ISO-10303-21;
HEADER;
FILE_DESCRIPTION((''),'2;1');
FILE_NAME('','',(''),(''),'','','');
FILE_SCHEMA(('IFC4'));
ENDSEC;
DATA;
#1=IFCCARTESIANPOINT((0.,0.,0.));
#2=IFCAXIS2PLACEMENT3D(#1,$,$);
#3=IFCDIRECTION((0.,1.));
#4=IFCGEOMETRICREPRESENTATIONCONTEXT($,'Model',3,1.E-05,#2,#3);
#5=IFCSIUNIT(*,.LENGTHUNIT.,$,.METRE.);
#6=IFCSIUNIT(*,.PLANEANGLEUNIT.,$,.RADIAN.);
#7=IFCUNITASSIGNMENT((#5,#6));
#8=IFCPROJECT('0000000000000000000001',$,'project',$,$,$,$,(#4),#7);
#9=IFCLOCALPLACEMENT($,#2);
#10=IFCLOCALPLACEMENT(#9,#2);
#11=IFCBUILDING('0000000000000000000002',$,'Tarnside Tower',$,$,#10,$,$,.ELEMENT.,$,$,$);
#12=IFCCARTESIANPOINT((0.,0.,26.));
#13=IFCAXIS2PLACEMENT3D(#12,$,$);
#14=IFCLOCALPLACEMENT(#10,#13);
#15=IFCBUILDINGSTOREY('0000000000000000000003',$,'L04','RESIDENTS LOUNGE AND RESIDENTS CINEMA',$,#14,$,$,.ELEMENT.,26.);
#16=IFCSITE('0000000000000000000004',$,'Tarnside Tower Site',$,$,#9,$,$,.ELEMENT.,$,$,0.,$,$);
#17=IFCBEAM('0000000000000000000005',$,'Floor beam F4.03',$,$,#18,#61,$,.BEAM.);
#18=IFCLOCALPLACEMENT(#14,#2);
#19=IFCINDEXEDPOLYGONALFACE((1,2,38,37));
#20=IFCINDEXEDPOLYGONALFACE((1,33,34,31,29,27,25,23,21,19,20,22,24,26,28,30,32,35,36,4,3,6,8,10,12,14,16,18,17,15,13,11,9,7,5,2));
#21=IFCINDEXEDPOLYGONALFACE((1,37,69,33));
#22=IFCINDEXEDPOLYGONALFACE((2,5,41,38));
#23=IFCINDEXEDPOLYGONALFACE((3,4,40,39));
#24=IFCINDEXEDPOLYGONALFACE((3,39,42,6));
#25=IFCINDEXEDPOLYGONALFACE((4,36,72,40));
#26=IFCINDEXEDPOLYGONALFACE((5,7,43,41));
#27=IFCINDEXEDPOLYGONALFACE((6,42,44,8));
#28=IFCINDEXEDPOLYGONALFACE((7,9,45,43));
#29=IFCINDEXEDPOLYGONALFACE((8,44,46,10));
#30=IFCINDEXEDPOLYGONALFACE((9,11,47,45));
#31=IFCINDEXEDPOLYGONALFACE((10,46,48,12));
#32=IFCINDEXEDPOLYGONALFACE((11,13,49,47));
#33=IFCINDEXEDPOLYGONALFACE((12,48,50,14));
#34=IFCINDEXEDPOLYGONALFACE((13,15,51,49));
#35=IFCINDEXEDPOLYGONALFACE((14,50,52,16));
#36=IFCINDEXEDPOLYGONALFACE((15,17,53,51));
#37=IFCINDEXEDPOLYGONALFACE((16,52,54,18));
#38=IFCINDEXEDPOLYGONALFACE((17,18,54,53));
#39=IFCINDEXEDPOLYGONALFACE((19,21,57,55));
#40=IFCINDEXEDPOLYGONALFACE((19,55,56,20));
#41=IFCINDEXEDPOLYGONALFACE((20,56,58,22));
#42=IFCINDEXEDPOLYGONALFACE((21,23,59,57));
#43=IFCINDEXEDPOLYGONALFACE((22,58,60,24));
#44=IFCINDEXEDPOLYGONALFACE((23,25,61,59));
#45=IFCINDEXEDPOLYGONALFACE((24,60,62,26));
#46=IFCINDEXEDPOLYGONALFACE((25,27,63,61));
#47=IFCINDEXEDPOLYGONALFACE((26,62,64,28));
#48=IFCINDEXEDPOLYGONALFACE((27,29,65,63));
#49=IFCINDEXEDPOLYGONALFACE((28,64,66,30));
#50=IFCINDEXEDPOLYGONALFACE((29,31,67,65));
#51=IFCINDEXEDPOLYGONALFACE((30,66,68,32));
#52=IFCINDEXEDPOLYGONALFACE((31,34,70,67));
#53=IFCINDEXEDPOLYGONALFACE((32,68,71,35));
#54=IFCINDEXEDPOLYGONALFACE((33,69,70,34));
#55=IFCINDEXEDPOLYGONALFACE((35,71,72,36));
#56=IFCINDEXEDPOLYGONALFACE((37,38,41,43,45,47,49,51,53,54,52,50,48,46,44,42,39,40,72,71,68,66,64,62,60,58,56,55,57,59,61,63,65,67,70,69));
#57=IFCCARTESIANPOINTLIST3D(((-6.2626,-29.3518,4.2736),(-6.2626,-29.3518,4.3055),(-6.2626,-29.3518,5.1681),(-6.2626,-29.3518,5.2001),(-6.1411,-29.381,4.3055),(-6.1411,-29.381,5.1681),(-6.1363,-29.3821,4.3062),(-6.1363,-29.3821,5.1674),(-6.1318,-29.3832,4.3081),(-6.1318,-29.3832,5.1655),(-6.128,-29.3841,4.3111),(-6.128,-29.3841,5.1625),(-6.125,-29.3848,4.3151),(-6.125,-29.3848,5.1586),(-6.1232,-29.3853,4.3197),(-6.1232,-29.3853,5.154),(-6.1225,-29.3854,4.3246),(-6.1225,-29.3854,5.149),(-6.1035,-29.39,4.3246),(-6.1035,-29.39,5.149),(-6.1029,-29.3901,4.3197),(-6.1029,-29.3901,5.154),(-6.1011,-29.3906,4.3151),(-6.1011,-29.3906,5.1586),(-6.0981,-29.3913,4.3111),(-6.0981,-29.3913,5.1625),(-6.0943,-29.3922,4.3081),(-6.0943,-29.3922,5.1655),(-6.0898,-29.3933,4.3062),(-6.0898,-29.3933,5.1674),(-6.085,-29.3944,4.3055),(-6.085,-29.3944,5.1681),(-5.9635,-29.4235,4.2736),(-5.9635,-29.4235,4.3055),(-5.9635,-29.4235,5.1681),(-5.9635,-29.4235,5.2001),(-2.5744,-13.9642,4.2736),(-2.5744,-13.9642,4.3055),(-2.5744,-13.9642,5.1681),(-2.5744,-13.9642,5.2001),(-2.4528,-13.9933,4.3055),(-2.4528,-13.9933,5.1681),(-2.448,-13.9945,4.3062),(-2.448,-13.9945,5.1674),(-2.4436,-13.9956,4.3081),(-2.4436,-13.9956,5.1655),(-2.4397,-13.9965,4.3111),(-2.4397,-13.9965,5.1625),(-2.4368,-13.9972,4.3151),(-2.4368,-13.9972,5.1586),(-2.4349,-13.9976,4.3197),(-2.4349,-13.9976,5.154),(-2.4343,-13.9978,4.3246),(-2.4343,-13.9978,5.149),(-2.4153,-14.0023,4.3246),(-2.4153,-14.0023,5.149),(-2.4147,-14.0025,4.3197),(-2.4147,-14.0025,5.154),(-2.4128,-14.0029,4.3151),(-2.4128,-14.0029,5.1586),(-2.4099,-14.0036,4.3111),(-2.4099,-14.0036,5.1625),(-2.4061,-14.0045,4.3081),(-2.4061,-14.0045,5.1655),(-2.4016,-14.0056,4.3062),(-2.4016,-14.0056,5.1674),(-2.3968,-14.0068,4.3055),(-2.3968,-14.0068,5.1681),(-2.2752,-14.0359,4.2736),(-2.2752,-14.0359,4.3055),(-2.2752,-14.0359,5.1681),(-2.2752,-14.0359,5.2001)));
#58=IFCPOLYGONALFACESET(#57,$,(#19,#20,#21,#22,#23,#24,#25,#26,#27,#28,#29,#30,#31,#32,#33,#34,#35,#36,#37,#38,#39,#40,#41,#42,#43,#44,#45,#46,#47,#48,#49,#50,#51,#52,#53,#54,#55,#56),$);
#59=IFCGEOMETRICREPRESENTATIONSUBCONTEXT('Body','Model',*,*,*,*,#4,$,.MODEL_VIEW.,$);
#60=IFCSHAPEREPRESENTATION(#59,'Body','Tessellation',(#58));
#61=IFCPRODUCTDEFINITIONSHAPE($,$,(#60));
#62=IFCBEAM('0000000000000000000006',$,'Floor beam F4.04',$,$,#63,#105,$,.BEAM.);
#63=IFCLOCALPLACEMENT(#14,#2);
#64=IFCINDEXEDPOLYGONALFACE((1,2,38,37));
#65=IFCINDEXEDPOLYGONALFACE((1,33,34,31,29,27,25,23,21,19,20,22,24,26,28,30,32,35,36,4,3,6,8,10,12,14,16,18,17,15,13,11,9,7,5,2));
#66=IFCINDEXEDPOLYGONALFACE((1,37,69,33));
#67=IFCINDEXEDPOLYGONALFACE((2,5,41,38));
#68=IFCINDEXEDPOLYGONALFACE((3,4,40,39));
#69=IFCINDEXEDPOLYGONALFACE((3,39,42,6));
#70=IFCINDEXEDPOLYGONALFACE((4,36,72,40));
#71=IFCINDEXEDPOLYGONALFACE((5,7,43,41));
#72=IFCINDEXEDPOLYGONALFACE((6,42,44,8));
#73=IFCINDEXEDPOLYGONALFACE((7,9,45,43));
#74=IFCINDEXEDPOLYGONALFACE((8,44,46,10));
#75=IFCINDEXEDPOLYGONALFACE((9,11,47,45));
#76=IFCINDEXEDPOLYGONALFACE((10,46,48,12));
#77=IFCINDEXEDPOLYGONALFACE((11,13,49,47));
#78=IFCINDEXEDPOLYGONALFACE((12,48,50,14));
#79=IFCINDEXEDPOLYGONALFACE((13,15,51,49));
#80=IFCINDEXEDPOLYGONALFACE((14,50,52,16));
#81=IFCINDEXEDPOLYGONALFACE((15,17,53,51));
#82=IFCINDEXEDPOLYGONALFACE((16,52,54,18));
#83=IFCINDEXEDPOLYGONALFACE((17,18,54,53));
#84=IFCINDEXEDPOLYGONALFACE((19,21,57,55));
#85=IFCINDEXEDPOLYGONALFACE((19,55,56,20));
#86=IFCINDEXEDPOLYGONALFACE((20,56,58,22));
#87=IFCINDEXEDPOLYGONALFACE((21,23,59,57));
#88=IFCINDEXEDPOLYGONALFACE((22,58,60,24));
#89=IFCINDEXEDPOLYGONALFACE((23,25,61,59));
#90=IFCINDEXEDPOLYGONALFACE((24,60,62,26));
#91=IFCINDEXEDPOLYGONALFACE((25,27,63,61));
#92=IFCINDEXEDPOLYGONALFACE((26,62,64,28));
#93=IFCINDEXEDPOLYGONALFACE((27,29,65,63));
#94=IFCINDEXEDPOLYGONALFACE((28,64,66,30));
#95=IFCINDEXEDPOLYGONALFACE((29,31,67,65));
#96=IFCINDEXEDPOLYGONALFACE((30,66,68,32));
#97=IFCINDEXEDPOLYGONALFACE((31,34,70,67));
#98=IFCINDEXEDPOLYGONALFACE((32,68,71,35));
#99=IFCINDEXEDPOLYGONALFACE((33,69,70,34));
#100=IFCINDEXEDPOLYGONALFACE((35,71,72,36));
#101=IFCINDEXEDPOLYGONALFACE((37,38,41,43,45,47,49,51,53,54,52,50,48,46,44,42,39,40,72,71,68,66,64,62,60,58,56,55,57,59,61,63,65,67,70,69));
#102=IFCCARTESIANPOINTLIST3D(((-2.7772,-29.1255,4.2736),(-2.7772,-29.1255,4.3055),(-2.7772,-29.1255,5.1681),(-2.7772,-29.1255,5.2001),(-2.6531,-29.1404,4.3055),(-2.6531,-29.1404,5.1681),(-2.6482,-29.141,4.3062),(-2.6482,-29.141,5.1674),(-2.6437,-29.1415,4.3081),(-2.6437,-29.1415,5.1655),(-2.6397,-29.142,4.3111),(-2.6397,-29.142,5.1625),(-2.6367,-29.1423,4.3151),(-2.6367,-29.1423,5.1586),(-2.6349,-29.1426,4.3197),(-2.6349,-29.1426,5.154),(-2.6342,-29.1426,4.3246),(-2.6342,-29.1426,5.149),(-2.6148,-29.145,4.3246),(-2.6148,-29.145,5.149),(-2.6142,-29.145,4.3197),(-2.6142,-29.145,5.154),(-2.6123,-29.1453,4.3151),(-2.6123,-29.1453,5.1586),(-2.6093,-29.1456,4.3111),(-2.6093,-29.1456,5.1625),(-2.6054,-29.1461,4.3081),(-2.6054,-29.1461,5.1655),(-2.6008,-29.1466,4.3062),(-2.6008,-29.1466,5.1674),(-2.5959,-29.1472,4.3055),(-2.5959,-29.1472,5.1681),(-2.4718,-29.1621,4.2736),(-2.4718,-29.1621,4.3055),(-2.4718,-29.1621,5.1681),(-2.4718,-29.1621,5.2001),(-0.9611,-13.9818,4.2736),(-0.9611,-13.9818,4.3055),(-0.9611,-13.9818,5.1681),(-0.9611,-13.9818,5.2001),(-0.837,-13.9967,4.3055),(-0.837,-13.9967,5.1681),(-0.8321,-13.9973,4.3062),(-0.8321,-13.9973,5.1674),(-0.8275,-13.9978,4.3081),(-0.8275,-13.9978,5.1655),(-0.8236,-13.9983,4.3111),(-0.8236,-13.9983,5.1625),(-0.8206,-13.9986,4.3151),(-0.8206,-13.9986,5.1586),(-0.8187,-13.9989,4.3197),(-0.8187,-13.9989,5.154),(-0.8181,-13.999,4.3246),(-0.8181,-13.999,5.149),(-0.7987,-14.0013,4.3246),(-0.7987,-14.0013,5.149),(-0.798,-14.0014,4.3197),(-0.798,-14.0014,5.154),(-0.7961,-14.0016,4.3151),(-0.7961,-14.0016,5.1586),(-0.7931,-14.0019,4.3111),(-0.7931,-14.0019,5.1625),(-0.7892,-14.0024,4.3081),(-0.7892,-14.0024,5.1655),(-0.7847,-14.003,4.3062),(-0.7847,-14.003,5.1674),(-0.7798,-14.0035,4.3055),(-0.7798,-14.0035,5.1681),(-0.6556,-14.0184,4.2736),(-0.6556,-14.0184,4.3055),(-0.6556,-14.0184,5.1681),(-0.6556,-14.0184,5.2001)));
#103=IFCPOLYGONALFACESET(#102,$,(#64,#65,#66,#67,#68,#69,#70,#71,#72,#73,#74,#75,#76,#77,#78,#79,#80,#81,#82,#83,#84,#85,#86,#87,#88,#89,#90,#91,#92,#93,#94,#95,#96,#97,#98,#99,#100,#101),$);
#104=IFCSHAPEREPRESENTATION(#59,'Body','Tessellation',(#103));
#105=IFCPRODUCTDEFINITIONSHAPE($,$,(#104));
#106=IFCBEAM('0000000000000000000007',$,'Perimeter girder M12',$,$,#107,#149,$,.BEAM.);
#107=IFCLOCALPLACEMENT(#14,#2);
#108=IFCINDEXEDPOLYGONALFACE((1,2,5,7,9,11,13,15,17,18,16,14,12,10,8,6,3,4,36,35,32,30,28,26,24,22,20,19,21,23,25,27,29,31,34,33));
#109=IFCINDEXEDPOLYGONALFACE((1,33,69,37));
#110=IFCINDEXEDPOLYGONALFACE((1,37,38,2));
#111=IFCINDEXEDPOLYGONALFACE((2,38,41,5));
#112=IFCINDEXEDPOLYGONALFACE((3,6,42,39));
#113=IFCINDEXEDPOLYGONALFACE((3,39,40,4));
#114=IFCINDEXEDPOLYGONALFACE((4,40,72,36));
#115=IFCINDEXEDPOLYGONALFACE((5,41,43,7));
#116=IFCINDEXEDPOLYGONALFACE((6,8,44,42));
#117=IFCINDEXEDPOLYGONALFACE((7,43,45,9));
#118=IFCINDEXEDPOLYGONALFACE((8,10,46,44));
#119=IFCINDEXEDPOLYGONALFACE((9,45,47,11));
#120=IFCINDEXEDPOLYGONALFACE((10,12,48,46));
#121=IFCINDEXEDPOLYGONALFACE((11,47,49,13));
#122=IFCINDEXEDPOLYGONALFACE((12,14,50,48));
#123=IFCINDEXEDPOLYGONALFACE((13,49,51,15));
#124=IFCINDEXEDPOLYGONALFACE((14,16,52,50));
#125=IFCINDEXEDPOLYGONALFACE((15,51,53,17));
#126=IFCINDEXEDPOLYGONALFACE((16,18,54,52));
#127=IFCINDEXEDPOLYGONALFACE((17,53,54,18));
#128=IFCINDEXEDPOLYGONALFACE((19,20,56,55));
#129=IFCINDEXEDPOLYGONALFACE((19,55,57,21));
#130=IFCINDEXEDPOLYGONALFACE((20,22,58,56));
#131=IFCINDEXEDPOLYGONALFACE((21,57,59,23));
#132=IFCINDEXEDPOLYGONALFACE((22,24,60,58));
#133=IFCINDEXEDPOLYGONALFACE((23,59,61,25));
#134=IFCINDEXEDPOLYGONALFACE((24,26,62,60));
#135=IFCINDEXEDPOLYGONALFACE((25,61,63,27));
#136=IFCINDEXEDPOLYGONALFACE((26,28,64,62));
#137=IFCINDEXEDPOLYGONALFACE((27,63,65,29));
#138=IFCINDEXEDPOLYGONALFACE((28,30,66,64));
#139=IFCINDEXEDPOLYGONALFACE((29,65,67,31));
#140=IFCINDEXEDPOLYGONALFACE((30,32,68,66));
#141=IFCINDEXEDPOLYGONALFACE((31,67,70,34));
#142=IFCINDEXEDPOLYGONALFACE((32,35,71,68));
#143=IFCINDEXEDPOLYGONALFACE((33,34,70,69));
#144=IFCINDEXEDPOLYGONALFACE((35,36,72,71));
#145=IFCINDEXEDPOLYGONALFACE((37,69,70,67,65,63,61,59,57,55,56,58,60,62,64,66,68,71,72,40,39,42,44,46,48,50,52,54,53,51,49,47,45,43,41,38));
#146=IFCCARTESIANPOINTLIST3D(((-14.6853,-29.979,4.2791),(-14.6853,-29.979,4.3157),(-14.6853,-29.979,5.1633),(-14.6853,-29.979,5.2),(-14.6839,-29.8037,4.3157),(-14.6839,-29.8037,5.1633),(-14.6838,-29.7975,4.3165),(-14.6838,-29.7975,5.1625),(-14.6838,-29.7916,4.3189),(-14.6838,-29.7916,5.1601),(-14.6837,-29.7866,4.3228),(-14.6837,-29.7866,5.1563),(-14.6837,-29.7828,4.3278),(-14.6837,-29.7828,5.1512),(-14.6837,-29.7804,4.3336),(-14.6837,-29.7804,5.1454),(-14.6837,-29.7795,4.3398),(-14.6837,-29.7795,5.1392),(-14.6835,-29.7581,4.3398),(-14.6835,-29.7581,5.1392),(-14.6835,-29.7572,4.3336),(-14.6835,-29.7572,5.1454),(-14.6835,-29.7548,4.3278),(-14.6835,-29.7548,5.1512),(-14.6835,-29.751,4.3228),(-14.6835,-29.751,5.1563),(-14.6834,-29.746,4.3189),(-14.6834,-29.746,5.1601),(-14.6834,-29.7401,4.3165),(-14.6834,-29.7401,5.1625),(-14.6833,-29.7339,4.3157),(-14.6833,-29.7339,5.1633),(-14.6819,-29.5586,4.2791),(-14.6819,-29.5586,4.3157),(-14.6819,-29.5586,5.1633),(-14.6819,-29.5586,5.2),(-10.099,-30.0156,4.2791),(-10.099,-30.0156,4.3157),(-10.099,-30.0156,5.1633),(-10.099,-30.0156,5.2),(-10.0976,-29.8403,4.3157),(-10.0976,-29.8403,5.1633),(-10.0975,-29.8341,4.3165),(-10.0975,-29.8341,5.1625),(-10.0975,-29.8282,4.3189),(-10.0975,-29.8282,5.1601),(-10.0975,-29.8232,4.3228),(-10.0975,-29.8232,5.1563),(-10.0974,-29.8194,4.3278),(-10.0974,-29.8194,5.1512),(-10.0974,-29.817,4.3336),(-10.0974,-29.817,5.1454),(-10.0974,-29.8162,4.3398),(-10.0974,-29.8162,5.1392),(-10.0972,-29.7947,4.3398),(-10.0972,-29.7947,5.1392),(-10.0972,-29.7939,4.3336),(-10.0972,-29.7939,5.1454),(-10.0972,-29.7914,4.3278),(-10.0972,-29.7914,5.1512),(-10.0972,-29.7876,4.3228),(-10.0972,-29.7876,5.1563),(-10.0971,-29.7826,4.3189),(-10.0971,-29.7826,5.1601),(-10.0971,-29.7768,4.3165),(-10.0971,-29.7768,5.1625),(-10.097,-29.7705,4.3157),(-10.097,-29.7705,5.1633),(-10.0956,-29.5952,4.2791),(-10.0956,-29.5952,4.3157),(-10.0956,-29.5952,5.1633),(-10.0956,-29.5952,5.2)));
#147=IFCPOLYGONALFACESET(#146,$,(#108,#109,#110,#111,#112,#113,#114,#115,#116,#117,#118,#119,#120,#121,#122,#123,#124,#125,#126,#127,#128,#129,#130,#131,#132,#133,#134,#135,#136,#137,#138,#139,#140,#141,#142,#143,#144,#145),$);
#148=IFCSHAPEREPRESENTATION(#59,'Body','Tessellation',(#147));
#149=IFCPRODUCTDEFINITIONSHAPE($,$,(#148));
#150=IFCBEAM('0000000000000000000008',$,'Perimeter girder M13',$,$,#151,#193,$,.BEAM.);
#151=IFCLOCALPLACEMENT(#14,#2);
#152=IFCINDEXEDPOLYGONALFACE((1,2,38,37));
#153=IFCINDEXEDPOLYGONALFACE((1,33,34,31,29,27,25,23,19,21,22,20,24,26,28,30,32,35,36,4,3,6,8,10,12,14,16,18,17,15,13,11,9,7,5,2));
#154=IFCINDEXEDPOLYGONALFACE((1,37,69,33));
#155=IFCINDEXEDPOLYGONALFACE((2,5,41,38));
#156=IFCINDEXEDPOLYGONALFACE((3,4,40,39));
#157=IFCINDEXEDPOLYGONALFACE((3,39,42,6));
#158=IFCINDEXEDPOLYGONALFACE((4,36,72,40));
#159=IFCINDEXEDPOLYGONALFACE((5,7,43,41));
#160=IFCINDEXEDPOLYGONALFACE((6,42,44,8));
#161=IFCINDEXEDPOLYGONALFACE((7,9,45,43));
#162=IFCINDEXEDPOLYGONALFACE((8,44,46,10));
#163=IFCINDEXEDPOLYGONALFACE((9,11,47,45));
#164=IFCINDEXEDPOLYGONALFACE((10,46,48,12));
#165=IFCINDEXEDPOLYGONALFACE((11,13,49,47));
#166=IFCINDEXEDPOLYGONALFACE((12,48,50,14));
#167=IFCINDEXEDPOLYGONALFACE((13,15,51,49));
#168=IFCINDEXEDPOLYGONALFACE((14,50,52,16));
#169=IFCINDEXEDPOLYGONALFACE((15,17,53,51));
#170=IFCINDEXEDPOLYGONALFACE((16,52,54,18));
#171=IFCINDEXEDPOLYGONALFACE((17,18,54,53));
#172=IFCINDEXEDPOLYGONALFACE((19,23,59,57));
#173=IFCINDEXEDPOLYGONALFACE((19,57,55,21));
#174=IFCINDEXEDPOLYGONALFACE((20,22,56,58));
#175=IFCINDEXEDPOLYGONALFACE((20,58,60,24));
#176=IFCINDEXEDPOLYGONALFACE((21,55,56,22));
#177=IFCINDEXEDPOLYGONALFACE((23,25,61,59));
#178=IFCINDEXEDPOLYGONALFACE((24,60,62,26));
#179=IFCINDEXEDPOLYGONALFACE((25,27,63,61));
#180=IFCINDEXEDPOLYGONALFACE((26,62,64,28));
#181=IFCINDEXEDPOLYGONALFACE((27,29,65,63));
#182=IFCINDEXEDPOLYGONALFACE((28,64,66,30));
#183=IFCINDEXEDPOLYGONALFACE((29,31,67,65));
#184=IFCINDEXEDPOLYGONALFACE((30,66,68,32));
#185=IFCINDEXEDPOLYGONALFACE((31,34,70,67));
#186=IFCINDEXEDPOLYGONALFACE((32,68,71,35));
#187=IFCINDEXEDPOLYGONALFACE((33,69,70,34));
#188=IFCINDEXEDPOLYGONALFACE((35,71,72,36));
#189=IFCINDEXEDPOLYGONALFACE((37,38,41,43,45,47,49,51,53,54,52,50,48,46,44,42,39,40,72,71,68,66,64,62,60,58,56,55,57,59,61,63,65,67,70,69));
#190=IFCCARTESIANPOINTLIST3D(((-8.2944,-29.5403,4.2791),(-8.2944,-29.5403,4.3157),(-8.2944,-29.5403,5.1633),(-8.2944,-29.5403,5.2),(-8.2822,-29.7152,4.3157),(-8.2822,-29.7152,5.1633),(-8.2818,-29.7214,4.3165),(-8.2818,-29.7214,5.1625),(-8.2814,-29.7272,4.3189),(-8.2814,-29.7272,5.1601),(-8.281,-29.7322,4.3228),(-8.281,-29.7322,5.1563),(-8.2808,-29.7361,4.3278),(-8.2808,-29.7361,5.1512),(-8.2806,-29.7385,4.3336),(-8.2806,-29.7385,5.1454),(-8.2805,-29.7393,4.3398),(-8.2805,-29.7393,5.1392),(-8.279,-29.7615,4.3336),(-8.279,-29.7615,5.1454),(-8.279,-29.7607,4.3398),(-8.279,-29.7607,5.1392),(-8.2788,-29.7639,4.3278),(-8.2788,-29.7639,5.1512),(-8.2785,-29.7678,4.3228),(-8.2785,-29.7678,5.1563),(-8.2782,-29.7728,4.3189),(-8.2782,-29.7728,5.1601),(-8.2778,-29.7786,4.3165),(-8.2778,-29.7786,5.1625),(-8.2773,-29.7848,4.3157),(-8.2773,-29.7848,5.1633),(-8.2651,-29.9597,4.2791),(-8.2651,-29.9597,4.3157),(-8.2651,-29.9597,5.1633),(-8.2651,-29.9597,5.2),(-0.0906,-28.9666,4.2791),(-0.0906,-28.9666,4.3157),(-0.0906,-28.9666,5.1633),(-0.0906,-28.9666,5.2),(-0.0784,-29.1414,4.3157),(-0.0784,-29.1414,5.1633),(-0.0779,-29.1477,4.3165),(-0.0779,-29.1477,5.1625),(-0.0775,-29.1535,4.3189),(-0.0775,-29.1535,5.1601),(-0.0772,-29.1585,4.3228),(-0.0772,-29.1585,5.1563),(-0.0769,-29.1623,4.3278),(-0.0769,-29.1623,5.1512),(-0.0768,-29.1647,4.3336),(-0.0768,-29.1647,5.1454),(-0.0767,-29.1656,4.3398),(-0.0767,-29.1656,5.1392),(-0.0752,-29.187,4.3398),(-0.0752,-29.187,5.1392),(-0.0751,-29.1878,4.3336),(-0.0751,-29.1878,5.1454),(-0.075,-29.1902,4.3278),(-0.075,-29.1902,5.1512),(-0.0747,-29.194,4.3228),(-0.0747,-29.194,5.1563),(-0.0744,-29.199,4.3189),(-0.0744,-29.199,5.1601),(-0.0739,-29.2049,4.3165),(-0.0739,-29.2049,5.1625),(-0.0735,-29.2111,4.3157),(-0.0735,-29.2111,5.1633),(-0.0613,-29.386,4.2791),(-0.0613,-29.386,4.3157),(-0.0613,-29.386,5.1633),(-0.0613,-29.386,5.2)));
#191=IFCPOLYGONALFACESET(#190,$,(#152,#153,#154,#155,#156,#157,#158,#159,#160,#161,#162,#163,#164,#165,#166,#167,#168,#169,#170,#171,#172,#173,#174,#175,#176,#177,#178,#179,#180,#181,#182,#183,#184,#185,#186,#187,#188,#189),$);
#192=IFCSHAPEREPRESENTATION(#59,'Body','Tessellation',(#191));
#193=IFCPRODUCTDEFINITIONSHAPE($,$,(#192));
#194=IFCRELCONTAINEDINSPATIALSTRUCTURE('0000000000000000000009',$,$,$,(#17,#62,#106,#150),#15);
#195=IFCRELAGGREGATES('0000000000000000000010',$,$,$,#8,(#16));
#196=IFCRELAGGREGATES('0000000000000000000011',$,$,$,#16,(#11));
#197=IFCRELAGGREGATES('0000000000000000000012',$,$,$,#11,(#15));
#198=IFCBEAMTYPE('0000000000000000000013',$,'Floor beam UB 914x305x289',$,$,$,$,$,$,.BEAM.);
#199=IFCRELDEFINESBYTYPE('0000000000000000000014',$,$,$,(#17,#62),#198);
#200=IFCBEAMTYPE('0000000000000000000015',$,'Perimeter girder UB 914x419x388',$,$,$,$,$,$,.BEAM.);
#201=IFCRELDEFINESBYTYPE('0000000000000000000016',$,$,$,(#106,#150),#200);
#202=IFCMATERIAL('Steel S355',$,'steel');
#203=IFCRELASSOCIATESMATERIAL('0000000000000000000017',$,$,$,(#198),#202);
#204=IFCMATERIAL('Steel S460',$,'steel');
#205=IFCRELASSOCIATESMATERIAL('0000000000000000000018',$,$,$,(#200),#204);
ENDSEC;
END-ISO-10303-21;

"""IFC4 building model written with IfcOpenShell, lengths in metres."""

from ifc_helpers import new_model, si_unit, direction, frame, origin, origin_2d, place, context, subcontext, project, spatial, i_section, extrude, material, material_profile, profile_set, type_object, element, save


model = new_model("IFC4")

# Units and contexts
model_context = context("Model", 3, precision=1e-05, world=origin(), true_north=direction((0.0, 1.0)))
body_context = subcontext(model_context, "Body", "Model", "MODEL_VIEW")
ifc_project = project(units=[si_unit("LENGTHUNIT", "METRE"), si_unit("PLANEANGLEUNIT", "RADIAN")], contexts=[model_context])

# Site, building, storey
site_placement = place(None, origin())
site = spatial("IfcSite", under=ifc_project, at=site_placement, Name="Tarnside Tower Site", CompositionType="ELEMENT", RefElevation=0.0)
building_placement = place(site_placement, origin())
building = spatial("IfcBuilding", under=site, at=building_placement, Name="Tarnside Tower", CompositionType="ELEMENT")
storey_placement = place(building_placement, frame((0.0, 0.0, 26.0)))
storey = spatial("IfcBuildingStorey", under=building, at=storey_placement, Name="L04", Description="RESIDENTS LOUNGE AND RESIDENTS CINEMA", CompositionType="ELEMENT", Elevation=26.0)

# Beams
ifc_material_1 = material(Name="Steel S355", Category="steel")
ifc_material_profile_1 = material_profile(ifc_material_1, i_section(OverallWidth=0.3076, OverallDepth=0.9265, WebThickness=0.0195, FlangeThickness=0.032, FilletRadius=0.019, at=origin_2d()), Name="UB 914x305x289")
ifc_profile_set_1 = profile_set([ifc_material_profile_1], Name="Steel S355")
beam_type_1 = type_object("IfcBeamType", Name="Floor beam UB 914x305x289", PredefinedType="BEAM", material=ifc_profile_set_1)
beam_1_placement = place(storey_placement, frame((-6.113, -29.3877, 4.7368), z_axis=(0.233085, 0.972456, 0.0), x_axis=(-0.972456, 0.233085, 0.0)))
element("IfcBeam", 1, at=beam_1_placement, inside=storey, type_object=beam_type_1, Name="Floor beam F4.03", PredefinedType="BEAM", context=body_context, shape_type="SweptSolid", body=[
    extrude(i_section(OverallWidth=0.3076, OverallDepth=0.9265, WebThickness=0.0195, FlangeThickness=0.032, FilletRadius=0.019, at=origin_2d()), origin(), (0.0, 0.0, 1.0), 15.8235),
])
beam_2_placement = place(storey_placement, frame((-2.6245, -29.1438, 4.7368), z_axis=(0.119075, 0.992885, 0.0), x_axis=(-0.992885, 0.119075, 0.0)))
element("IfcBeam", 2, at=beam_2_placement, inside=storey, type_object=beam_type_1, Name="Floor beam F4.04", PredefinedType="BEAM", context=body_context, shape_type="SweptSolid", body=[
    extrude(i_section(OverallWidth=0.3076, OverallDepth=0.9265, WebThickness=0.0195, FlangeThickness=0.032, FilletRadius=0.019, at=origin_2d()), origin(), (0.0, 0.0, 1.0), 15.2522),
])
ifc_material_2 = material(Name="Steel S460", Category="steel")
ifc_material_profile_2 = material_profile(ifc_material_2, i_section(OverallWidth=0.4204, OverallDepth=0.9209, WebThickness=0.0215, FlangeThickness=0.0366, FilletRadius=0.0242, at=origin_2d()), Name="UB 914x419x388")
ifc_profile_set_2 = profile_set([ifc_material_profile_2], Name="Steel S460")
beam_type_2 = type_object("IfcBeamType", Name="Perimeter girder UB 914x419x388", PredefinedType="BEAM", material=ifc_profile_set_2)
beam_3_placement = place(storey_placement, frame((-14.6836, -29.7688, 4.7395), z_axis=(0.999968, -0.007985, 0.0), x_axis=(0.007985, 0.999968, 0.0)))
element("IfcBeam", 3, at=beam_3_placement, inside=storey, type_object=beam_type_2, Name="Perimeter girder M12", PredefinedType="BEAM", context=body_context, shape_type="SweptSolid", body=[
    extrude(i_section(OverallWidth=0.4204, OverallDepth=0.9209, WebThickness=0.0215, FlangeThickness=0.0366, FilletRadius=0.0242, at=origin_2d()), origin(), (0.0, 0.0, 1.0), 4.5864),
])
beam_4_placement = place(storey_placement, frame((-8.2798, -29.75, 4.7395), z_axis=(0.997564, 0.069764, 0.0), x_axis=(-0.069764, 0.997564, 0.0)))
element("IfcBeam", 4, at=beam_4_placement, inside=storey, type_object=beam_type_2, Name="Perimeter girder M13", PredefinedType="BEAM", context=body_context, shape_type="SweptSolid", body=[
    extrude(i_section(OverallWidth=0.4204, OverallDepth=0.9209, WebThickness=0.0215, FlangeThickness=0.0366, FilletRadius=0.0242, at=origin_2d()), origin(), (0.0, 0.0, 1.0), 8.2239),
])

save(model, "model.ifc")
